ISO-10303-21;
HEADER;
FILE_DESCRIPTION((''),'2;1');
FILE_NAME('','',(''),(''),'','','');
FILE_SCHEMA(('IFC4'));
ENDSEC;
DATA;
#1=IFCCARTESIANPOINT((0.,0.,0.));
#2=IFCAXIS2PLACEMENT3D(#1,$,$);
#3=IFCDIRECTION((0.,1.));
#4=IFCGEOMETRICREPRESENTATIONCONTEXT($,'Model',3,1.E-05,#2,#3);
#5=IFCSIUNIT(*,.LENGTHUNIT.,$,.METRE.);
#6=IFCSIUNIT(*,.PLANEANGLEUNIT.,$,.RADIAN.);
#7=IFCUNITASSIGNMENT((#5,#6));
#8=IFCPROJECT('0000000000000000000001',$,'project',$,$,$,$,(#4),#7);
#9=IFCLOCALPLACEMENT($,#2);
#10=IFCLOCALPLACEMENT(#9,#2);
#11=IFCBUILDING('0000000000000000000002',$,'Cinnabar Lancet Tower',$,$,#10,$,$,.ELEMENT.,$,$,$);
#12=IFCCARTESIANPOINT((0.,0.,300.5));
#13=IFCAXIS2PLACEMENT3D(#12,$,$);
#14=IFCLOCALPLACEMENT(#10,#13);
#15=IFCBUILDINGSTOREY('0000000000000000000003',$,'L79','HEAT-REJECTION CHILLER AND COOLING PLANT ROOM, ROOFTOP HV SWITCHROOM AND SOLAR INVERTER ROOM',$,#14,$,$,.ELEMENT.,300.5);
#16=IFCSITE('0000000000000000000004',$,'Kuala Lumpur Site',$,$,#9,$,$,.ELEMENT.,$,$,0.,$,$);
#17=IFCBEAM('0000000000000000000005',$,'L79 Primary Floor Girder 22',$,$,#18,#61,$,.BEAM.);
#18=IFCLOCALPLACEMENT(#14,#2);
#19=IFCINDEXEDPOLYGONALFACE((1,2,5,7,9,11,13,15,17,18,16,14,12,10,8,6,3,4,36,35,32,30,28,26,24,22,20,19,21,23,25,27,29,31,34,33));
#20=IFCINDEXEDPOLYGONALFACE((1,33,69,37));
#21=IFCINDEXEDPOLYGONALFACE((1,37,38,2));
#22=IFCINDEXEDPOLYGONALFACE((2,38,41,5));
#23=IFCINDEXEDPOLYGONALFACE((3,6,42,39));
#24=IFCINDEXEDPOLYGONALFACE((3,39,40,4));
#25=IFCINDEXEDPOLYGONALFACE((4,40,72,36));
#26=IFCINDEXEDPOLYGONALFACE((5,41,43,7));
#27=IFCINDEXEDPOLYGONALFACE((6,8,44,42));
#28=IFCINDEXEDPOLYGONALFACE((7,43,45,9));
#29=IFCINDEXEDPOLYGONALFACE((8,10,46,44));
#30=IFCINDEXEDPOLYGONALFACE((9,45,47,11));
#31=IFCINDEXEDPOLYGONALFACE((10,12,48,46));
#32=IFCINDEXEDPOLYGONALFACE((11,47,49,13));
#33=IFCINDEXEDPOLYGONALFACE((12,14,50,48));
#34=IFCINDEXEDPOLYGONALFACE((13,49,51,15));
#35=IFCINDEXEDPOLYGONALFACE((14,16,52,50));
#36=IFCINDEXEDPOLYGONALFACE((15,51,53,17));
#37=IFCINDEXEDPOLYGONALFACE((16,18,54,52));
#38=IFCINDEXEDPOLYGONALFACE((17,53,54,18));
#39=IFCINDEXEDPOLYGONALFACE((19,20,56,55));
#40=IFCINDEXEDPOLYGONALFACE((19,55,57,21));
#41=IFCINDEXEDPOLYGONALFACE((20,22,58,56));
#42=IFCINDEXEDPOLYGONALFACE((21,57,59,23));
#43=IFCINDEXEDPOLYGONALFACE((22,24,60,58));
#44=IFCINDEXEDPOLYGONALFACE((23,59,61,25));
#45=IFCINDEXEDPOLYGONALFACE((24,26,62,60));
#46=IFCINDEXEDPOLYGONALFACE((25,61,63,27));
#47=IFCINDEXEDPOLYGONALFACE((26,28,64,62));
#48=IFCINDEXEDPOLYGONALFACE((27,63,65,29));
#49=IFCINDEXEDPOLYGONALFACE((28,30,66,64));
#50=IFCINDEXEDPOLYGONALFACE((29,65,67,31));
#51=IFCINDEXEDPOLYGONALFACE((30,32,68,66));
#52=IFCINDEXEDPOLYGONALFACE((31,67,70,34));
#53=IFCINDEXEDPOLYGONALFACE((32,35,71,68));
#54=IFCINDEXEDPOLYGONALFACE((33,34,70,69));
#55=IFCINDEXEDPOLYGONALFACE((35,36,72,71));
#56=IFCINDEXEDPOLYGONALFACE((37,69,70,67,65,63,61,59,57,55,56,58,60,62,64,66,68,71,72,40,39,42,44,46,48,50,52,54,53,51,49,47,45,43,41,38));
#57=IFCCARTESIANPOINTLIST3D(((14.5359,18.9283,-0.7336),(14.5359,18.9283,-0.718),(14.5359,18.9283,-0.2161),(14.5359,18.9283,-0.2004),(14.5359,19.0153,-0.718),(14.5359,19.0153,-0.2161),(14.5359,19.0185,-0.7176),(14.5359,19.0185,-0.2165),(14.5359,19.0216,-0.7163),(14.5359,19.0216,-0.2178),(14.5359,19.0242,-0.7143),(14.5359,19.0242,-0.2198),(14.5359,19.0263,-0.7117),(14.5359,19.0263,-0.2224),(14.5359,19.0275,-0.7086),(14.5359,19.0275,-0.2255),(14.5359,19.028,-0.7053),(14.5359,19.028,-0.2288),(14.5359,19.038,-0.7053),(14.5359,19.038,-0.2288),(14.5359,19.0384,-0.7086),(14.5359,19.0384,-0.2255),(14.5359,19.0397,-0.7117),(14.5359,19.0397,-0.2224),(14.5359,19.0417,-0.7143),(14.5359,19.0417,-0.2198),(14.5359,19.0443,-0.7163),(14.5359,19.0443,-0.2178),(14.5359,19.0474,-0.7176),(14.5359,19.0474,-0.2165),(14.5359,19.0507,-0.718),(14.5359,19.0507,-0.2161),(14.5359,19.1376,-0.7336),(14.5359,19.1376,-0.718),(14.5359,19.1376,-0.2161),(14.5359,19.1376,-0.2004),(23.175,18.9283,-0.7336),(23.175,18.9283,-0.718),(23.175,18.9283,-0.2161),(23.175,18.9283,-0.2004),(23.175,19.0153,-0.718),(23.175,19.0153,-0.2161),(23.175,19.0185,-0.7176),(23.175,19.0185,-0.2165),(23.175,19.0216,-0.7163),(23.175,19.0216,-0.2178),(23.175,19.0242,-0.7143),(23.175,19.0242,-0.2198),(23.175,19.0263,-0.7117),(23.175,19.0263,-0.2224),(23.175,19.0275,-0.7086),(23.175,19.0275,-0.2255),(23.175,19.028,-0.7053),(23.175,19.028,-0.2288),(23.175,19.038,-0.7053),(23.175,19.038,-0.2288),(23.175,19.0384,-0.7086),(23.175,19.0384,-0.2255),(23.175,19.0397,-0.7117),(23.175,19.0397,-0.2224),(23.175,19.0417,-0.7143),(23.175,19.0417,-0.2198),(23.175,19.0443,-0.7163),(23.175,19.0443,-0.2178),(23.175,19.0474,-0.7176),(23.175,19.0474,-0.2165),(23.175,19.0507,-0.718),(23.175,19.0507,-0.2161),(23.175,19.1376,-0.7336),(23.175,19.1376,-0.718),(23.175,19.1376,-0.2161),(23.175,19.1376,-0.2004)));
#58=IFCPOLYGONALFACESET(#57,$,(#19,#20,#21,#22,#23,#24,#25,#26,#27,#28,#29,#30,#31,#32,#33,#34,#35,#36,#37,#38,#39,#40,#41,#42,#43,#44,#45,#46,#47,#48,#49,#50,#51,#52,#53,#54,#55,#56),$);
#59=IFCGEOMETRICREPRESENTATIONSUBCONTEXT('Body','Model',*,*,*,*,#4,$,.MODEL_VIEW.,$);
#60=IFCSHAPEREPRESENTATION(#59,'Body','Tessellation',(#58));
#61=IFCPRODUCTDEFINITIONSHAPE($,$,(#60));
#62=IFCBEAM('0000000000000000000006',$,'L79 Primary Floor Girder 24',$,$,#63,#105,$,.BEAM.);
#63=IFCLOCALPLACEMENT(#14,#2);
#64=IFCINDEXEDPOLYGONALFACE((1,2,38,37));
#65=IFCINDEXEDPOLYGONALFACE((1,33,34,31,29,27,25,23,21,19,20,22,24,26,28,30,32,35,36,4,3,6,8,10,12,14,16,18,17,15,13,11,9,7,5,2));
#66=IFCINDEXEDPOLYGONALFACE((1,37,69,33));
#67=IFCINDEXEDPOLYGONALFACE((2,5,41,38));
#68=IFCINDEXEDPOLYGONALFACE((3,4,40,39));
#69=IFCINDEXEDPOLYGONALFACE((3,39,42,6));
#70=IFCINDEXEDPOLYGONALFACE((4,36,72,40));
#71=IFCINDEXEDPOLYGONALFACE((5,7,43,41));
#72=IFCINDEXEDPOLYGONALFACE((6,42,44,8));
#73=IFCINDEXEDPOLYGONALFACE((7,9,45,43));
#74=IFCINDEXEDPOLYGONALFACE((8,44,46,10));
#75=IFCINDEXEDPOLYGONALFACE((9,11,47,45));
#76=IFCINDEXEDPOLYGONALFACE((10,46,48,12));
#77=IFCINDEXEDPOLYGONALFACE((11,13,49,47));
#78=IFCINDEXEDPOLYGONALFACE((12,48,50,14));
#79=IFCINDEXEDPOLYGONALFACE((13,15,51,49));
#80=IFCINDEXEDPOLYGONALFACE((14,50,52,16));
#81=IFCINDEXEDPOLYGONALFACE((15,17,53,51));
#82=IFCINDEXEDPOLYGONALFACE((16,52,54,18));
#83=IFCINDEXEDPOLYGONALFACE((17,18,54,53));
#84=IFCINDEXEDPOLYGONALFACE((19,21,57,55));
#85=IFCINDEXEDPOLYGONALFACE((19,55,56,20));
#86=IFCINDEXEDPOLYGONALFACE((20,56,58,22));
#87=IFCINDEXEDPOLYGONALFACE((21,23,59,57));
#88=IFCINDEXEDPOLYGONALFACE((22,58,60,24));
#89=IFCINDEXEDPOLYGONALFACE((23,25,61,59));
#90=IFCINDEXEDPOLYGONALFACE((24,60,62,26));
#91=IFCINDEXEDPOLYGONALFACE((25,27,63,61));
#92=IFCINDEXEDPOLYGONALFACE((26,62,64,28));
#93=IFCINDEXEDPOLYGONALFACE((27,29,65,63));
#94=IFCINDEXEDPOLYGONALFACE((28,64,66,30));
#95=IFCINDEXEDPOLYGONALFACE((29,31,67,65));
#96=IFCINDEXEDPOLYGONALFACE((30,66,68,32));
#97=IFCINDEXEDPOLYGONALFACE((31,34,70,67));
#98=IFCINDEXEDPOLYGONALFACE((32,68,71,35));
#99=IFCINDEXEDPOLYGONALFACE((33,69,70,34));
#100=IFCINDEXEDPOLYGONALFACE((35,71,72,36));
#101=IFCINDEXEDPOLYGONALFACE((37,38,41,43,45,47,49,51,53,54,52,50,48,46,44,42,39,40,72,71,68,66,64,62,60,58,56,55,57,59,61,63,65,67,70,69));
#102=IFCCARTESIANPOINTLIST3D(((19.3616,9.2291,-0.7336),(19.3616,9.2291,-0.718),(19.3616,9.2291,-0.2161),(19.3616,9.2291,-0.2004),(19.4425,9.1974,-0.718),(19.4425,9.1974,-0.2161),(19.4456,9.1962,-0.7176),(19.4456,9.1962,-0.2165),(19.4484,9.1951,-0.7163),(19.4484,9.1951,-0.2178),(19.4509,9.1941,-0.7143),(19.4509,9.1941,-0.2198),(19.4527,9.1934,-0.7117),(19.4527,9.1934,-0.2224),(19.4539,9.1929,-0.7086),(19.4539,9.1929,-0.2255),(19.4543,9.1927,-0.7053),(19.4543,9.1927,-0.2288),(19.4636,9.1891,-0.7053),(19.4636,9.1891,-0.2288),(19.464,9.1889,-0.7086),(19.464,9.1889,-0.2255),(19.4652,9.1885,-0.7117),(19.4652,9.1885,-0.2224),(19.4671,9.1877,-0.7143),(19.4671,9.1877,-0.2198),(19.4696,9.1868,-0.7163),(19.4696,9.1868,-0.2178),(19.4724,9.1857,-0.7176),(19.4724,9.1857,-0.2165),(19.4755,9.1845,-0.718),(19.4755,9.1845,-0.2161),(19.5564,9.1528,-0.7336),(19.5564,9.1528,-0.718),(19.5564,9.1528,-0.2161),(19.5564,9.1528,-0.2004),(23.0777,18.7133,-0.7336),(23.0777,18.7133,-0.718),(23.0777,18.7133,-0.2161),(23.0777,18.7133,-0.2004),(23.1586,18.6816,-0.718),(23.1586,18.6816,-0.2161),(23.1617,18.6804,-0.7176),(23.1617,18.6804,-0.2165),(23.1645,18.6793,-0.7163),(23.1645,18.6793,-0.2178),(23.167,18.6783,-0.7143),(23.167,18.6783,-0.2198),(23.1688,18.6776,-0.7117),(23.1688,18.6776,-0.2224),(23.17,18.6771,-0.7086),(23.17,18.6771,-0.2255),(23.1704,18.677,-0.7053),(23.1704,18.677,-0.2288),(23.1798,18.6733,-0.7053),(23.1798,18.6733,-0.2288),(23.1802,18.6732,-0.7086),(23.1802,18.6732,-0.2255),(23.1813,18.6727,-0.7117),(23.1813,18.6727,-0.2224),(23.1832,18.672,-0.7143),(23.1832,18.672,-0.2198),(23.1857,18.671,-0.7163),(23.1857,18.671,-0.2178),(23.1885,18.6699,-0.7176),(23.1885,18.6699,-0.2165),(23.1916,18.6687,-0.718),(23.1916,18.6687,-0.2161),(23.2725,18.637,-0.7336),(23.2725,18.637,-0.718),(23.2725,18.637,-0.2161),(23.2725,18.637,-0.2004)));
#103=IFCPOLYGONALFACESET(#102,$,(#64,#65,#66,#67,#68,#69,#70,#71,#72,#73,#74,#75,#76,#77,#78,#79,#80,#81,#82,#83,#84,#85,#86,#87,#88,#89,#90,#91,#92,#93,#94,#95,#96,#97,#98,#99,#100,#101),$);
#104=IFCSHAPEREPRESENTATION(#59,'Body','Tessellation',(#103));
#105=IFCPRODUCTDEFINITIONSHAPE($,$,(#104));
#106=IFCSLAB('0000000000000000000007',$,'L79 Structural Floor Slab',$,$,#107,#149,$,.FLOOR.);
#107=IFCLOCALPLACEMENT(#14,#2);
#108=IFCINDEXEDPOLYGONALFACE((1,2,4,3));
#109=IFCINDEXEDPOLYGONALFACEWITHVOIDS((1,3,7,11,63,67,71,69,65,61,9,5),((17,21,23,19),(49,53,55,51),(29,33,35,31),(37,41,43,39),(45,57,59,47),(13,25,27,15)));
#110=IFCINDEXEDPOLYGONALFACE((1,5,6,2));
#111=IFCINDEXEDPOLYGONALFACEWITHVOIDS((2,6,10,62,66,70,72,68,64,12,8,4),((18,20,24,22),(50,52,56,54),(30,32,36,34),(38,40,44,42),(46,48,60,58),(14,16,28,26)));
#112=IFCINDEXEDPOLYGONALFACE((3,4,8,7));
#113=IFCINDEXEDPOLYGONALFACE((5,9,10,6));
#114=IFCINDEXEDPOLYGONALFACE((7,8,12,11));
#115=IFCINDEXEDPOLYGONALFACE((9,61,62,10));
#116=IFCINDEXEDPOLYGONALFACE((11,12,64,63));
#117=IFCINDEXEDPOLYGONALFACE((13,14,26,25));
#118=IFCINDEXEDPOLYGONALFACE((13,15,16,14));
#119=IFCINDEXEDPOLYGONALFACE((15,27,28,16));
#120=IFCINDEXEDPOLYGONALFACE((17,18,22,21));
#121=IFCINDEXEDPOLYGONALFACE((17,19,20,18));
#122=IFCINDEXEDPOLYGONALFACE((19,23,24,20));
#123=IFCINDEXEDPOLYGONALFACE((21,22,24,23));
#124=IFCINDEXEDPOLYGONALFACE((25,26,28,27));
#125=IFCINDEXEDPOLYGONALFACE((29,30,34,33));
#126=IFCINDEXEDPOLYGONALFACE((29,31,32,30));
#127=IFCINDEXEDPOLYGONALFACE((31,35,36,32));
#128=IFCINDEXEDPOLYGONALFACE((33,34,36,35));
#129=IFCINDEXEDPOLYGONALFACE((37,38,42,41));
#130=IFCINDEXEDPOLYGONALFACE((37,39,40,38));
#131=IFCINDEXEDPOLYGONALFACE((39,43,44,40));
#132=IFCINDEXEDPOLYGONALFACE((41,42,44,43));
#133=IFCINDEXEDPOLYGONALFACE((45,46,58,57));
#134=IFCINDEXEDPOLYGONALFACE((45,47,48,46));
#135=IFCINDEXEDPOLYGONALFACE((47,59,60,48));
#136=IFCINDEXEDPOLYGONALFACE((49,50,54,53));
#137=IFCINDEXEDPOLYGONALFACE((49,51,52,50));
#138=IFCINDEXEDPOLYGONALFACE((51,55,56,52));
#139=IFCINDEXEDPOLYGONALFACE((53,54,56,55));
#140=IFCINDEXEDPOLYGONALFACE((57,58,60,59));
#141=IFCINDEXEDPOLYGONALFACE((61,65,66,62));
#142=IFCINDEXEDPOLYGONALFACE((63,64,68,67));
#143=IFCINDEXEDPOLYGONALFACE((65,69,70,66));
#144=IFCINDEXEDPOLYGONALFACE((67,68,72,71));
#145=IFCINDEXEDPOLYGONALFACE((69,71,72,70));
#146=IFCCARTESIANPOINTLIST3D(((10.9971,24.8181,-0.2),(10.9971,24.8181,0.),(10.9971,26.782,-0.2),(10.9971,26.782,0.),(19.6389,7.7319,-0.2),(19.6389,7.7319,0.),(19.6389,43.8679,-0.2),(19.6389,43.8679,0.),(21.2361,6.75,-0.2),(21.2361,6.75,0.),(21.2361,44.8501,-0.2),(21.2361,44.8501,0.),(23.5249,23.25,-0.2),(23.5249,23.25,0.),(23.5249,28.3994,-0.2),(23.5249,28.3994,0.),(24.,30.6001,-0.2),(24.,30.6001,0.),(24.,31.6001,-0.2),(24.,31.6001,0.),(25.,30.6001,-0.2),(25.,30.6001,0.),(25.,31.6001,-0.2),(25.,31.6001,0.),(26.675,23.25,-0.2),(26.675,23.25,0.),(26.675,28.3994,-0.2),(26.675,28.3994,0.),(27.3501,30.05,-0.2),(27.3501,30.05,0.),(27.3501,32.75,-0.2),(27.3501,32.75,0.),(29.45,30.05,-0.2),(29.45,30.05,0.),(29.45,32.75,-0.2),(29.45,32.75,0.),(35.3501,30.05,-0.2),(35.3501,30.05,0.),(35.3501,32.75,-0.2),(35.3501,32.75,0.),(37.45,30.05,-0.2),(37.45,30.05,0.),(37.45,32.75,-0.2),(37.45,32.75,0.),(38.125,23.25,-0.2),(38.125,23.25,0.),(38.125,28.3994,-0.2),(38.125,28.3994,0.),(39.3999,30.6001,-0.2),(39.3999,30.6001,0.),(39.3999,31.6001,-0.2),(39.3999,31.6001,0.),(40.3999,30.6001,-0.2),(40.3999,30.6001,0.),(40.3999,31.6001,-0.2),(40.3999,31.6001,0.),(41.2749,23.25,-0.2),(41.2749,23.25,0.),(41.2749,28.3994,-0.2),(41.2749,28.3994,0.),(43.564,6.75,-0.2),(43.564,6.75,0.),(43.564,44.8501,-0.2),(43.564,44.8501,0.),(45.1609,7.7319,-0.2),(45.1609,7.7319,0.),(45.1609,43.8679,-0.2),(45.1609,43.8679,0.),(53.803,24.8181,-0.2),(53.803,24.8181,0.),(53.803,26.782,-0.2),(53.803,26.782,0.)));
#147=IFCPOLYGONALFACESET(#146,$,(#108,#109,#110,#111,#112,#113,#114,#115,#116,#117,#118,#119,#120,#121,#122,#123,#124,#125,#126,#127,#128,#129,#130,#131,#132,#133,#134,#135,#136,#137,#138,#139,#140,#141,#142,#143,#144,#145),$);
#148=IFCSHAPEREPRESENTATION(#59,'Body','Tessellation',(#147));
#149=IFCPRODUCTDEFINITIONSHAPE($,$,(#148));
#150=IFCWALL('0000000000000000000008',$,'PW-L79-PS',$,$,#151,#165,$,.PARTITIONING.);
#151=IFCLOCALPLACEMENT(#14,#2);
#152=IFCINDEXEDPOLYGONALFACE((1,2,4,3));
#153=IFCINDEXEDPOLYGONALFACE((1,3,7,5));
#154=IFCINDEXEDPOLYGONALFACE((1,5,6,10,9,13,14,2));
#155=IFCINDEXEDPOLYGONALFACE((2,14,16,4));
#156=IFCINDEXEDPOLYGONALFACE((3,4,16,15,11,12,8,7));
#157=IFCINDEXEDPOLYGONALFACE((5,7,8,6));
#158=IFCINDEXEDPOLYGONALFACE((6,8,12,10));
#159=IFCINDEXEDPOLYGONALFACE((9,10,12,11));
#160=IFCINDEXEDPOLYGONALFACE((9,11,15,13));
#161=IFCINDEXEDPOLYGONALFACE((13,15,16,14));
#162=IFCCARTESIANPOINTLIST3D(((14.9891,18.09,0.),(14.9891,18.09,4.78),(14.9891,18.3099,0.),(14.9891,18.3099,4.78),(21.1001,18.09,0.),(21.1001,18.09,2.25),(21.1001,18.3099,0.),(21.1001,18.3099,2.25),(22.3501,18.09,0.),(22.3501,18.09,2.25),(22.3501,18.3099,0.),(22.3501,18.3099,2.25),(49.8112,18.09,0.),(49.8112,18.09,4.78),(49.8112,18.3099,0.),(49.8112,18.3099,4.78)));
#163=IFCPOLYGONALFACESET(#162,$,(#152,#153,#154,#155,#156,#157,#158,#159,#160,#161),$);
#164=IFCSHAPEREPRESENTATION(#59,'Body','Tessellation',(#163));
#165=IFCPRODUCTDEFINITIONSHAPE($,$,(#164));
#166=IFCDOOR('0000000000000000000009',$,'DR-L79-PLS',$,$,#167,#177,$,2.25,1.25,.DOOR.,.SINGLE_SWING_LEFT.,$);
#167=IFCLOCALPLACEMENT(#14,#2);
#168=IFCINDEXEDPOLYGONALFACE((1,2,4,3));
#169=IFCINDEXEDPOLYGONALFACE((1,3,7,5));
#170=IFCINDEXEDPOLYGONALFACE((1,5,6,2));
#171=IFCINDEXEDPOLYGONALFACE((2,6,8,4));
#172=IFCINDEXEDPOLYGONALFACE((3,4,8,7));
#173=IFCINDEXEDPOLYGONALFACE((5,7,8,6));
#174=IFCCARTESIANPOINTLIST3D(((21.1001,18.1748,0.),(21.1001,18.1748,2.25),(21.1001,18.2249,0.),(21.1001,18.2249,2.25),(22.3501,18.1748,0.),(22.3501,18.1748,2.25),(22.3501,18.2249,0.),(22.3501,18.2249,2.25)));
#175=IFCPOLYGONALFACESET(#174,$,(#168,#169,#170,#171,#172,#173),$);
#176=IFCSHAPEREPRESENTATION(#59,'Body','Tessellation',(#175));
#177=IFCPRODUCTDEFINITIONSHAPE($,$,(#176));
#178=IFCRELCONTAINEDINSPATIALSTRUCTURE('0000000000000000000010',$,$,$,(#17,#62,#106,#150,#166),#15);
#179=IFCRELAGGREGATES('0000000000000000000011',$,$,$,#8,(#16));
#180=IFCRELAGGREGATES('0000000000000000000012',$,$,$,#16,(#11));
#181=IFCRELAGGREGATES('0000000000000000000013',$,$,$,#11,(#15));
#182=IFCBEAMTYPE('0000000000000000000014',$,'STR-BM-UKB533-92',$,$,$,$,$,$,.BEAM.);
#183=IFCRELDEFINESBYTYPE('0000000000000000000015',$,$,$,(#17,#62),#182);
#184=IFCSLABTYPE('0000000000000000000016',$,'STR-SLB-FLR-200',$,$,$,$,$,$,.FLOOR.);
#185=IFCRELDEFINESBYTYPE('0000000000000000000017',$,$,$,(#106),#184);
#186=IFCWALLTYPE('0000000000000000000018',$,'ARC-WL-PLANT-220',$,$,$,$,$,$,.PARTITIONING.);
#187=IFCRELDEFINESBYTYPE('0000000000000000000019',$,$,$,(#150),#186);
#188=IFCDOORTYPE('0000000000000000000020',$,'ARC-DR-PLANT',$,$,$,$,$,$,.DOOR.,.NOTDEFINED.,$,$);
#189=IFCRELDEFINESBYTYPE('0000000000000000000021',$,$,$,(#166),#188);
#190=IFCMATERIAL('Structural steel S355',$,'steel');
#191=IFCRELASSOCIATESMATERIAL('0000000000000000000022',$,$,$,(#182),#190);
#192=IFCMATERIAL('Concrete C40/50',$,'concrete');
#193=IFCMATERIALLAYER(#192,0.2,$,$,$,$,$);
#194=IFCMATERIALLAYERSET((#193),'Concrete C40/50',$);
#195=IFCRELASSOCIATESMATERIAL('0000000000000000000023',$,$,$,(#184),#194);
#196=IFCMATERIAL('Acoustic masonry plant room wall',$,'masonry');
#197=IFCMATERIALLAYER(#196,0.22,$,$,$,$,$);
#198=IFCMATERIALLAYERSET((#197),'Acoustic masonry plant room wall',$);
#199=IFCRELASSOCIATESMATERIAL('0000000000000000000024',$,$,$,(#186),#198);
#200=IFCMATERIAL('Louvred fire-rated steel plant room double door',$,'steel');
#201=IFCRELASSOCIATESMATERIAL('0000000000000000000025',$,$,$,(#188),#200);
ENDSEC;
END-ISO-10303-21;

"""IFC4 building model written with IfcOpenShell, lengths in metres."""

from ifc_helpers import new_model, si_unit, direction, frame, frame_2d, origin, origin_2d, place, context, subcontext, project, spatial, polyline, rectangle, i_section, outline, extrude, material, layer, layer_set, material_profile, profile_set, type_object, element, fill, save


model = new_model("IFC4")

# Units and contexts
model_context = context("Model", 3, precision=1e-05, world=origin(), true_north=direction((0.0, 1.0)))
body_context = subcontext(model_context, "Body", "Model", "MODEL_VIEW")
ifc_project = project(units=[si_unit("LENGTHUNIT", "METRE"), si_unit("PLANEANGLEUNIT", "RADIAN")], contexts=[model_context])

# Site, building, storey
site_placement = place(None, origin())
site = spatial("IfcSite", under=ifc_project, at=site_placement, Name="Kuala Lumpur Site", CompositionType="ELEMENT", RefElevation=0.0)
building_placement = place(site_placement, origin())
building = spatial("IfcBuilding", under=site, at=building_placement, Name="Cinnabar Lancet Tower", CompositionType="ELEMENT")
storey_placement = place(building_placement, frame((0.0, 0.0, 300.5)))
storey = spatial("IfcBuildingStorey", under=building, at=storey_placement, Name="L79", Description="HEAT-REJECTION CHILLER AND COOLING PLANT ROOM, ROOFTOP HV SWITCHROOM AND SOLAR INVERTER ROOM", CompositionType="ELEMENT", Elevation=300.5)

# Beams
ifc_material_1 = material(Name="Structural steel S355", Category="steel")
ifc_material_profile_1 = material_profile(ifc_material_1, i_section(OverallWidth=0.2092, OverallDepth=0.5332, WebThickness=0.01, FlangeThickness=0.0156, FilletRadius=0.0127, at=origin_2d()), Name="UKB 533x210x92")
ifc_profile_set_1 = profile_set([ifc_material_profile_1], Name="Structural steel S355")
beam_type_1 = type_object("IfcBeamType", Name="STR-BM-UKB533-92", PredefinedType="BEAM", material=ifc_profile_set_1)
beam_1_placement = place(storey_placement, frame((14.5359, 19.033, -0.467), z_axis=(1.0, 0.0, 0.0), x_axis=(0.0, 1.0, 0.0)))
element("IfcBeam", 1, at=beam_1_placement, inside=storey, type_object=beam_type_1, Name="L79 Primary Floor Girder 22", PredefinedType="BEAM", context=body_context, shape_type="SweptSolid", body=[
    extrude(i_section(OverallWidth=0.2092, OverallDepth=0.5332, WebThickness=0.01, FlangeThickness=0.0156, FilletRadius=0.0127, at=origin_2d()), origin(), (0.0, 0.0, 1.0), 8.6392),
])
beam_2_placement = place(storey_placement, frame((19.459, 9.1909, -0.467), z_axis=(0.364815, 0.93108, 0.0), x_axis=(-0.93108, 0.364815, 0.0)))
element("IfcBeam", 2, at=beam_2_placement, inside=storey, type_object=beam_type_1, Name="L79 Primary Floor Girder 24", PredefinedType="BEAM", context=body_context, shape_type="SweptSolid", body=[
    extrude(i_section(OverallWidth=0.2092, OverallDepth=0.5332, WebThickness=0.01, FlangeThickness=0.0156, FilletRadius=0.0127, at=origin_2d()), origin(), (0.0, 0.0, 1.0), 10.1863),
])

# Slab
ifc_material_2 = material(Name="Concrete C40/50", Category="concrete")
ifc_layer_1 = layer(ifc_material_2, 0.2)
ifc_layer_set_1 = layer_set([ifc_layer_1], Name="Concrete C40/50")
slab_type = type_object("IfcSlabType", Name="STR-SLB-FLR-200", PredefinedType="FLOOR", material=ifc_layer_set_1)
slab_placement = place(storey_placement, frame((0.0, 0.0, -0.2)))
element("IfcSlab", 3, at=slab_placement, inside=storey, type_object=slab_type, Name="L79 Structural Floor Slab", PredefinedType="FLOOR", context=body_context, shape_type="SweptSolid", body=[
    extrude(outline(polyline([(19.6389, 7.7319), (21.2361, 6.75), (43.564, 6.75), (45.1609, 7.7319), (53.803, 24.8181), (53.803, 26.782), (45.1609, 43.8679), (43.564, 44.8501), (21.2361, 44.8501), (19.6389, 43.8679), (10.9971, 26.782), (10.9971, 24.8181), (19.6389, 7.7319)]), holes=[polyline([(23.5249, 23.25), (26.675, 23.25), (26.675, 28.3994), (23.5249, 28.3994), (23.5249, 23.25)]), polyline([(38.125, 23.25), (41.2749, 23.25), (41.2749, 28.3994), (38.125, 28.3994), (38.125, 23.25)]), polyline([(27.3501, 30.05), (29.45, 30.05), (29.45, 32.75), (27.3501, 32.75), (27.3501, 30.05)]), polyline([(35.3501, 30.05), (37.45, 30.05), (37.45, 32.75), (35.3501, 32.75), (35.3501, 30.05)]), polyline([(24.0, 30.6001), (25.0, 30.6001), (25.0, 31.6001), (24.0, 31.6001), (24.0, 30.6001)]), polyline([(39.3999, 30.6001), (40.3999, 30.6001), (40.3999, 31.6001), (39.3999, 31.6001), (39.3999, 30.6001)])]), origin(), (0.0, 0.0, 1.0), 0.2),
])

# Wall, opening, door
ifc_material_3 = material(Name="Acoustic masonry plant room wall", Category="masonry")
ifc_layer_2 = layer(ifc_material_3, 0.22)
ifc_layer_set_2 = layer_set([ifc_layer_2], Name="Acoustic masonry plant room wall")
wall_type_1 = type_object("IfcWallType", Name="ARC-WL-PLANT-220", PredefinedType="PARTITIONING", material=ifc_layer_set_2)
wall_1_placement = place(storey_placement, frame((14.989, 18.2, 0.0), z_axis=(0.0, 0.0, 1.0), x_axis=(1.0, 0.0, 0.0)))
wall_1 = element("IfcWall", 4, at=wall_1_placement, inside=storey, type_object=wall_type_1, Name="PW-L79-PS", PredefinedType="PARTITIONING", context=body_context, shape_type="SweptSolid", body=[
    extrude(rectangle(XDim=34.822, YDim=0.22, at=frame_2d((17.4111, 0.0))), origin(), (0.0, 0.0, 1.0), 4.78),
])
opening_1_placement = place(wall_1_placement, frame((6.1111, 0.0, 0.0)))
opening_1 = element("IfcOpeningElement", 5, at=opening_1_placement, cuts=wall_1, PredefinedType="OPENING", context=body_context, shape_type="SweptSolid", body=[
    extrude(rectangle(XDim=1.25, YDim=2.25, at=frame_2d((0.625, 1.125))), frame((0.0, 0.1199, 0.0), z_axis=(0.0, -1.0, 0.0), x_axis=(1.0, 0.0, 0.0)), (0.0, 0.0, 1.0), 0.24),
])
ifc_material_4 = material(Name="Louvred fire-rated steel plant room double door", Category="steel")
door_type = type_object("IfcDoorType", Name="ARC-DR-PLANT", OperationType="NOTDEFINED", PredefinedType="DOOR", material=ifc_material_4)
door_1_placement = place(opening_1_placement, origin())
door_1 = element("IfcDoor", 6, at=door_1_placement, inside=storey, type_object=door_type, Name="DR-L79-PLS", OperationType="SINGLE_SWING_LEFT", OverallHeight=2.25, OverallWidth=1.25, PredefinedType="DOOR", context=body_context, shape_type="SweptSolid", body=[
    extrude(rectangle(XDim=1.25, YDim=2.25, at=frame_2d((0.625, 1.125))), frame((0.0, 0.0249, 0.0), z_axis=(0.0, -1.0, 0.0), x_axis=(1.0, 0.0, 0.0)), (0.0, 0.0, 1.0), 0.05),
])
fill(opening_1, door_1)

save(model, "model.ifc")
